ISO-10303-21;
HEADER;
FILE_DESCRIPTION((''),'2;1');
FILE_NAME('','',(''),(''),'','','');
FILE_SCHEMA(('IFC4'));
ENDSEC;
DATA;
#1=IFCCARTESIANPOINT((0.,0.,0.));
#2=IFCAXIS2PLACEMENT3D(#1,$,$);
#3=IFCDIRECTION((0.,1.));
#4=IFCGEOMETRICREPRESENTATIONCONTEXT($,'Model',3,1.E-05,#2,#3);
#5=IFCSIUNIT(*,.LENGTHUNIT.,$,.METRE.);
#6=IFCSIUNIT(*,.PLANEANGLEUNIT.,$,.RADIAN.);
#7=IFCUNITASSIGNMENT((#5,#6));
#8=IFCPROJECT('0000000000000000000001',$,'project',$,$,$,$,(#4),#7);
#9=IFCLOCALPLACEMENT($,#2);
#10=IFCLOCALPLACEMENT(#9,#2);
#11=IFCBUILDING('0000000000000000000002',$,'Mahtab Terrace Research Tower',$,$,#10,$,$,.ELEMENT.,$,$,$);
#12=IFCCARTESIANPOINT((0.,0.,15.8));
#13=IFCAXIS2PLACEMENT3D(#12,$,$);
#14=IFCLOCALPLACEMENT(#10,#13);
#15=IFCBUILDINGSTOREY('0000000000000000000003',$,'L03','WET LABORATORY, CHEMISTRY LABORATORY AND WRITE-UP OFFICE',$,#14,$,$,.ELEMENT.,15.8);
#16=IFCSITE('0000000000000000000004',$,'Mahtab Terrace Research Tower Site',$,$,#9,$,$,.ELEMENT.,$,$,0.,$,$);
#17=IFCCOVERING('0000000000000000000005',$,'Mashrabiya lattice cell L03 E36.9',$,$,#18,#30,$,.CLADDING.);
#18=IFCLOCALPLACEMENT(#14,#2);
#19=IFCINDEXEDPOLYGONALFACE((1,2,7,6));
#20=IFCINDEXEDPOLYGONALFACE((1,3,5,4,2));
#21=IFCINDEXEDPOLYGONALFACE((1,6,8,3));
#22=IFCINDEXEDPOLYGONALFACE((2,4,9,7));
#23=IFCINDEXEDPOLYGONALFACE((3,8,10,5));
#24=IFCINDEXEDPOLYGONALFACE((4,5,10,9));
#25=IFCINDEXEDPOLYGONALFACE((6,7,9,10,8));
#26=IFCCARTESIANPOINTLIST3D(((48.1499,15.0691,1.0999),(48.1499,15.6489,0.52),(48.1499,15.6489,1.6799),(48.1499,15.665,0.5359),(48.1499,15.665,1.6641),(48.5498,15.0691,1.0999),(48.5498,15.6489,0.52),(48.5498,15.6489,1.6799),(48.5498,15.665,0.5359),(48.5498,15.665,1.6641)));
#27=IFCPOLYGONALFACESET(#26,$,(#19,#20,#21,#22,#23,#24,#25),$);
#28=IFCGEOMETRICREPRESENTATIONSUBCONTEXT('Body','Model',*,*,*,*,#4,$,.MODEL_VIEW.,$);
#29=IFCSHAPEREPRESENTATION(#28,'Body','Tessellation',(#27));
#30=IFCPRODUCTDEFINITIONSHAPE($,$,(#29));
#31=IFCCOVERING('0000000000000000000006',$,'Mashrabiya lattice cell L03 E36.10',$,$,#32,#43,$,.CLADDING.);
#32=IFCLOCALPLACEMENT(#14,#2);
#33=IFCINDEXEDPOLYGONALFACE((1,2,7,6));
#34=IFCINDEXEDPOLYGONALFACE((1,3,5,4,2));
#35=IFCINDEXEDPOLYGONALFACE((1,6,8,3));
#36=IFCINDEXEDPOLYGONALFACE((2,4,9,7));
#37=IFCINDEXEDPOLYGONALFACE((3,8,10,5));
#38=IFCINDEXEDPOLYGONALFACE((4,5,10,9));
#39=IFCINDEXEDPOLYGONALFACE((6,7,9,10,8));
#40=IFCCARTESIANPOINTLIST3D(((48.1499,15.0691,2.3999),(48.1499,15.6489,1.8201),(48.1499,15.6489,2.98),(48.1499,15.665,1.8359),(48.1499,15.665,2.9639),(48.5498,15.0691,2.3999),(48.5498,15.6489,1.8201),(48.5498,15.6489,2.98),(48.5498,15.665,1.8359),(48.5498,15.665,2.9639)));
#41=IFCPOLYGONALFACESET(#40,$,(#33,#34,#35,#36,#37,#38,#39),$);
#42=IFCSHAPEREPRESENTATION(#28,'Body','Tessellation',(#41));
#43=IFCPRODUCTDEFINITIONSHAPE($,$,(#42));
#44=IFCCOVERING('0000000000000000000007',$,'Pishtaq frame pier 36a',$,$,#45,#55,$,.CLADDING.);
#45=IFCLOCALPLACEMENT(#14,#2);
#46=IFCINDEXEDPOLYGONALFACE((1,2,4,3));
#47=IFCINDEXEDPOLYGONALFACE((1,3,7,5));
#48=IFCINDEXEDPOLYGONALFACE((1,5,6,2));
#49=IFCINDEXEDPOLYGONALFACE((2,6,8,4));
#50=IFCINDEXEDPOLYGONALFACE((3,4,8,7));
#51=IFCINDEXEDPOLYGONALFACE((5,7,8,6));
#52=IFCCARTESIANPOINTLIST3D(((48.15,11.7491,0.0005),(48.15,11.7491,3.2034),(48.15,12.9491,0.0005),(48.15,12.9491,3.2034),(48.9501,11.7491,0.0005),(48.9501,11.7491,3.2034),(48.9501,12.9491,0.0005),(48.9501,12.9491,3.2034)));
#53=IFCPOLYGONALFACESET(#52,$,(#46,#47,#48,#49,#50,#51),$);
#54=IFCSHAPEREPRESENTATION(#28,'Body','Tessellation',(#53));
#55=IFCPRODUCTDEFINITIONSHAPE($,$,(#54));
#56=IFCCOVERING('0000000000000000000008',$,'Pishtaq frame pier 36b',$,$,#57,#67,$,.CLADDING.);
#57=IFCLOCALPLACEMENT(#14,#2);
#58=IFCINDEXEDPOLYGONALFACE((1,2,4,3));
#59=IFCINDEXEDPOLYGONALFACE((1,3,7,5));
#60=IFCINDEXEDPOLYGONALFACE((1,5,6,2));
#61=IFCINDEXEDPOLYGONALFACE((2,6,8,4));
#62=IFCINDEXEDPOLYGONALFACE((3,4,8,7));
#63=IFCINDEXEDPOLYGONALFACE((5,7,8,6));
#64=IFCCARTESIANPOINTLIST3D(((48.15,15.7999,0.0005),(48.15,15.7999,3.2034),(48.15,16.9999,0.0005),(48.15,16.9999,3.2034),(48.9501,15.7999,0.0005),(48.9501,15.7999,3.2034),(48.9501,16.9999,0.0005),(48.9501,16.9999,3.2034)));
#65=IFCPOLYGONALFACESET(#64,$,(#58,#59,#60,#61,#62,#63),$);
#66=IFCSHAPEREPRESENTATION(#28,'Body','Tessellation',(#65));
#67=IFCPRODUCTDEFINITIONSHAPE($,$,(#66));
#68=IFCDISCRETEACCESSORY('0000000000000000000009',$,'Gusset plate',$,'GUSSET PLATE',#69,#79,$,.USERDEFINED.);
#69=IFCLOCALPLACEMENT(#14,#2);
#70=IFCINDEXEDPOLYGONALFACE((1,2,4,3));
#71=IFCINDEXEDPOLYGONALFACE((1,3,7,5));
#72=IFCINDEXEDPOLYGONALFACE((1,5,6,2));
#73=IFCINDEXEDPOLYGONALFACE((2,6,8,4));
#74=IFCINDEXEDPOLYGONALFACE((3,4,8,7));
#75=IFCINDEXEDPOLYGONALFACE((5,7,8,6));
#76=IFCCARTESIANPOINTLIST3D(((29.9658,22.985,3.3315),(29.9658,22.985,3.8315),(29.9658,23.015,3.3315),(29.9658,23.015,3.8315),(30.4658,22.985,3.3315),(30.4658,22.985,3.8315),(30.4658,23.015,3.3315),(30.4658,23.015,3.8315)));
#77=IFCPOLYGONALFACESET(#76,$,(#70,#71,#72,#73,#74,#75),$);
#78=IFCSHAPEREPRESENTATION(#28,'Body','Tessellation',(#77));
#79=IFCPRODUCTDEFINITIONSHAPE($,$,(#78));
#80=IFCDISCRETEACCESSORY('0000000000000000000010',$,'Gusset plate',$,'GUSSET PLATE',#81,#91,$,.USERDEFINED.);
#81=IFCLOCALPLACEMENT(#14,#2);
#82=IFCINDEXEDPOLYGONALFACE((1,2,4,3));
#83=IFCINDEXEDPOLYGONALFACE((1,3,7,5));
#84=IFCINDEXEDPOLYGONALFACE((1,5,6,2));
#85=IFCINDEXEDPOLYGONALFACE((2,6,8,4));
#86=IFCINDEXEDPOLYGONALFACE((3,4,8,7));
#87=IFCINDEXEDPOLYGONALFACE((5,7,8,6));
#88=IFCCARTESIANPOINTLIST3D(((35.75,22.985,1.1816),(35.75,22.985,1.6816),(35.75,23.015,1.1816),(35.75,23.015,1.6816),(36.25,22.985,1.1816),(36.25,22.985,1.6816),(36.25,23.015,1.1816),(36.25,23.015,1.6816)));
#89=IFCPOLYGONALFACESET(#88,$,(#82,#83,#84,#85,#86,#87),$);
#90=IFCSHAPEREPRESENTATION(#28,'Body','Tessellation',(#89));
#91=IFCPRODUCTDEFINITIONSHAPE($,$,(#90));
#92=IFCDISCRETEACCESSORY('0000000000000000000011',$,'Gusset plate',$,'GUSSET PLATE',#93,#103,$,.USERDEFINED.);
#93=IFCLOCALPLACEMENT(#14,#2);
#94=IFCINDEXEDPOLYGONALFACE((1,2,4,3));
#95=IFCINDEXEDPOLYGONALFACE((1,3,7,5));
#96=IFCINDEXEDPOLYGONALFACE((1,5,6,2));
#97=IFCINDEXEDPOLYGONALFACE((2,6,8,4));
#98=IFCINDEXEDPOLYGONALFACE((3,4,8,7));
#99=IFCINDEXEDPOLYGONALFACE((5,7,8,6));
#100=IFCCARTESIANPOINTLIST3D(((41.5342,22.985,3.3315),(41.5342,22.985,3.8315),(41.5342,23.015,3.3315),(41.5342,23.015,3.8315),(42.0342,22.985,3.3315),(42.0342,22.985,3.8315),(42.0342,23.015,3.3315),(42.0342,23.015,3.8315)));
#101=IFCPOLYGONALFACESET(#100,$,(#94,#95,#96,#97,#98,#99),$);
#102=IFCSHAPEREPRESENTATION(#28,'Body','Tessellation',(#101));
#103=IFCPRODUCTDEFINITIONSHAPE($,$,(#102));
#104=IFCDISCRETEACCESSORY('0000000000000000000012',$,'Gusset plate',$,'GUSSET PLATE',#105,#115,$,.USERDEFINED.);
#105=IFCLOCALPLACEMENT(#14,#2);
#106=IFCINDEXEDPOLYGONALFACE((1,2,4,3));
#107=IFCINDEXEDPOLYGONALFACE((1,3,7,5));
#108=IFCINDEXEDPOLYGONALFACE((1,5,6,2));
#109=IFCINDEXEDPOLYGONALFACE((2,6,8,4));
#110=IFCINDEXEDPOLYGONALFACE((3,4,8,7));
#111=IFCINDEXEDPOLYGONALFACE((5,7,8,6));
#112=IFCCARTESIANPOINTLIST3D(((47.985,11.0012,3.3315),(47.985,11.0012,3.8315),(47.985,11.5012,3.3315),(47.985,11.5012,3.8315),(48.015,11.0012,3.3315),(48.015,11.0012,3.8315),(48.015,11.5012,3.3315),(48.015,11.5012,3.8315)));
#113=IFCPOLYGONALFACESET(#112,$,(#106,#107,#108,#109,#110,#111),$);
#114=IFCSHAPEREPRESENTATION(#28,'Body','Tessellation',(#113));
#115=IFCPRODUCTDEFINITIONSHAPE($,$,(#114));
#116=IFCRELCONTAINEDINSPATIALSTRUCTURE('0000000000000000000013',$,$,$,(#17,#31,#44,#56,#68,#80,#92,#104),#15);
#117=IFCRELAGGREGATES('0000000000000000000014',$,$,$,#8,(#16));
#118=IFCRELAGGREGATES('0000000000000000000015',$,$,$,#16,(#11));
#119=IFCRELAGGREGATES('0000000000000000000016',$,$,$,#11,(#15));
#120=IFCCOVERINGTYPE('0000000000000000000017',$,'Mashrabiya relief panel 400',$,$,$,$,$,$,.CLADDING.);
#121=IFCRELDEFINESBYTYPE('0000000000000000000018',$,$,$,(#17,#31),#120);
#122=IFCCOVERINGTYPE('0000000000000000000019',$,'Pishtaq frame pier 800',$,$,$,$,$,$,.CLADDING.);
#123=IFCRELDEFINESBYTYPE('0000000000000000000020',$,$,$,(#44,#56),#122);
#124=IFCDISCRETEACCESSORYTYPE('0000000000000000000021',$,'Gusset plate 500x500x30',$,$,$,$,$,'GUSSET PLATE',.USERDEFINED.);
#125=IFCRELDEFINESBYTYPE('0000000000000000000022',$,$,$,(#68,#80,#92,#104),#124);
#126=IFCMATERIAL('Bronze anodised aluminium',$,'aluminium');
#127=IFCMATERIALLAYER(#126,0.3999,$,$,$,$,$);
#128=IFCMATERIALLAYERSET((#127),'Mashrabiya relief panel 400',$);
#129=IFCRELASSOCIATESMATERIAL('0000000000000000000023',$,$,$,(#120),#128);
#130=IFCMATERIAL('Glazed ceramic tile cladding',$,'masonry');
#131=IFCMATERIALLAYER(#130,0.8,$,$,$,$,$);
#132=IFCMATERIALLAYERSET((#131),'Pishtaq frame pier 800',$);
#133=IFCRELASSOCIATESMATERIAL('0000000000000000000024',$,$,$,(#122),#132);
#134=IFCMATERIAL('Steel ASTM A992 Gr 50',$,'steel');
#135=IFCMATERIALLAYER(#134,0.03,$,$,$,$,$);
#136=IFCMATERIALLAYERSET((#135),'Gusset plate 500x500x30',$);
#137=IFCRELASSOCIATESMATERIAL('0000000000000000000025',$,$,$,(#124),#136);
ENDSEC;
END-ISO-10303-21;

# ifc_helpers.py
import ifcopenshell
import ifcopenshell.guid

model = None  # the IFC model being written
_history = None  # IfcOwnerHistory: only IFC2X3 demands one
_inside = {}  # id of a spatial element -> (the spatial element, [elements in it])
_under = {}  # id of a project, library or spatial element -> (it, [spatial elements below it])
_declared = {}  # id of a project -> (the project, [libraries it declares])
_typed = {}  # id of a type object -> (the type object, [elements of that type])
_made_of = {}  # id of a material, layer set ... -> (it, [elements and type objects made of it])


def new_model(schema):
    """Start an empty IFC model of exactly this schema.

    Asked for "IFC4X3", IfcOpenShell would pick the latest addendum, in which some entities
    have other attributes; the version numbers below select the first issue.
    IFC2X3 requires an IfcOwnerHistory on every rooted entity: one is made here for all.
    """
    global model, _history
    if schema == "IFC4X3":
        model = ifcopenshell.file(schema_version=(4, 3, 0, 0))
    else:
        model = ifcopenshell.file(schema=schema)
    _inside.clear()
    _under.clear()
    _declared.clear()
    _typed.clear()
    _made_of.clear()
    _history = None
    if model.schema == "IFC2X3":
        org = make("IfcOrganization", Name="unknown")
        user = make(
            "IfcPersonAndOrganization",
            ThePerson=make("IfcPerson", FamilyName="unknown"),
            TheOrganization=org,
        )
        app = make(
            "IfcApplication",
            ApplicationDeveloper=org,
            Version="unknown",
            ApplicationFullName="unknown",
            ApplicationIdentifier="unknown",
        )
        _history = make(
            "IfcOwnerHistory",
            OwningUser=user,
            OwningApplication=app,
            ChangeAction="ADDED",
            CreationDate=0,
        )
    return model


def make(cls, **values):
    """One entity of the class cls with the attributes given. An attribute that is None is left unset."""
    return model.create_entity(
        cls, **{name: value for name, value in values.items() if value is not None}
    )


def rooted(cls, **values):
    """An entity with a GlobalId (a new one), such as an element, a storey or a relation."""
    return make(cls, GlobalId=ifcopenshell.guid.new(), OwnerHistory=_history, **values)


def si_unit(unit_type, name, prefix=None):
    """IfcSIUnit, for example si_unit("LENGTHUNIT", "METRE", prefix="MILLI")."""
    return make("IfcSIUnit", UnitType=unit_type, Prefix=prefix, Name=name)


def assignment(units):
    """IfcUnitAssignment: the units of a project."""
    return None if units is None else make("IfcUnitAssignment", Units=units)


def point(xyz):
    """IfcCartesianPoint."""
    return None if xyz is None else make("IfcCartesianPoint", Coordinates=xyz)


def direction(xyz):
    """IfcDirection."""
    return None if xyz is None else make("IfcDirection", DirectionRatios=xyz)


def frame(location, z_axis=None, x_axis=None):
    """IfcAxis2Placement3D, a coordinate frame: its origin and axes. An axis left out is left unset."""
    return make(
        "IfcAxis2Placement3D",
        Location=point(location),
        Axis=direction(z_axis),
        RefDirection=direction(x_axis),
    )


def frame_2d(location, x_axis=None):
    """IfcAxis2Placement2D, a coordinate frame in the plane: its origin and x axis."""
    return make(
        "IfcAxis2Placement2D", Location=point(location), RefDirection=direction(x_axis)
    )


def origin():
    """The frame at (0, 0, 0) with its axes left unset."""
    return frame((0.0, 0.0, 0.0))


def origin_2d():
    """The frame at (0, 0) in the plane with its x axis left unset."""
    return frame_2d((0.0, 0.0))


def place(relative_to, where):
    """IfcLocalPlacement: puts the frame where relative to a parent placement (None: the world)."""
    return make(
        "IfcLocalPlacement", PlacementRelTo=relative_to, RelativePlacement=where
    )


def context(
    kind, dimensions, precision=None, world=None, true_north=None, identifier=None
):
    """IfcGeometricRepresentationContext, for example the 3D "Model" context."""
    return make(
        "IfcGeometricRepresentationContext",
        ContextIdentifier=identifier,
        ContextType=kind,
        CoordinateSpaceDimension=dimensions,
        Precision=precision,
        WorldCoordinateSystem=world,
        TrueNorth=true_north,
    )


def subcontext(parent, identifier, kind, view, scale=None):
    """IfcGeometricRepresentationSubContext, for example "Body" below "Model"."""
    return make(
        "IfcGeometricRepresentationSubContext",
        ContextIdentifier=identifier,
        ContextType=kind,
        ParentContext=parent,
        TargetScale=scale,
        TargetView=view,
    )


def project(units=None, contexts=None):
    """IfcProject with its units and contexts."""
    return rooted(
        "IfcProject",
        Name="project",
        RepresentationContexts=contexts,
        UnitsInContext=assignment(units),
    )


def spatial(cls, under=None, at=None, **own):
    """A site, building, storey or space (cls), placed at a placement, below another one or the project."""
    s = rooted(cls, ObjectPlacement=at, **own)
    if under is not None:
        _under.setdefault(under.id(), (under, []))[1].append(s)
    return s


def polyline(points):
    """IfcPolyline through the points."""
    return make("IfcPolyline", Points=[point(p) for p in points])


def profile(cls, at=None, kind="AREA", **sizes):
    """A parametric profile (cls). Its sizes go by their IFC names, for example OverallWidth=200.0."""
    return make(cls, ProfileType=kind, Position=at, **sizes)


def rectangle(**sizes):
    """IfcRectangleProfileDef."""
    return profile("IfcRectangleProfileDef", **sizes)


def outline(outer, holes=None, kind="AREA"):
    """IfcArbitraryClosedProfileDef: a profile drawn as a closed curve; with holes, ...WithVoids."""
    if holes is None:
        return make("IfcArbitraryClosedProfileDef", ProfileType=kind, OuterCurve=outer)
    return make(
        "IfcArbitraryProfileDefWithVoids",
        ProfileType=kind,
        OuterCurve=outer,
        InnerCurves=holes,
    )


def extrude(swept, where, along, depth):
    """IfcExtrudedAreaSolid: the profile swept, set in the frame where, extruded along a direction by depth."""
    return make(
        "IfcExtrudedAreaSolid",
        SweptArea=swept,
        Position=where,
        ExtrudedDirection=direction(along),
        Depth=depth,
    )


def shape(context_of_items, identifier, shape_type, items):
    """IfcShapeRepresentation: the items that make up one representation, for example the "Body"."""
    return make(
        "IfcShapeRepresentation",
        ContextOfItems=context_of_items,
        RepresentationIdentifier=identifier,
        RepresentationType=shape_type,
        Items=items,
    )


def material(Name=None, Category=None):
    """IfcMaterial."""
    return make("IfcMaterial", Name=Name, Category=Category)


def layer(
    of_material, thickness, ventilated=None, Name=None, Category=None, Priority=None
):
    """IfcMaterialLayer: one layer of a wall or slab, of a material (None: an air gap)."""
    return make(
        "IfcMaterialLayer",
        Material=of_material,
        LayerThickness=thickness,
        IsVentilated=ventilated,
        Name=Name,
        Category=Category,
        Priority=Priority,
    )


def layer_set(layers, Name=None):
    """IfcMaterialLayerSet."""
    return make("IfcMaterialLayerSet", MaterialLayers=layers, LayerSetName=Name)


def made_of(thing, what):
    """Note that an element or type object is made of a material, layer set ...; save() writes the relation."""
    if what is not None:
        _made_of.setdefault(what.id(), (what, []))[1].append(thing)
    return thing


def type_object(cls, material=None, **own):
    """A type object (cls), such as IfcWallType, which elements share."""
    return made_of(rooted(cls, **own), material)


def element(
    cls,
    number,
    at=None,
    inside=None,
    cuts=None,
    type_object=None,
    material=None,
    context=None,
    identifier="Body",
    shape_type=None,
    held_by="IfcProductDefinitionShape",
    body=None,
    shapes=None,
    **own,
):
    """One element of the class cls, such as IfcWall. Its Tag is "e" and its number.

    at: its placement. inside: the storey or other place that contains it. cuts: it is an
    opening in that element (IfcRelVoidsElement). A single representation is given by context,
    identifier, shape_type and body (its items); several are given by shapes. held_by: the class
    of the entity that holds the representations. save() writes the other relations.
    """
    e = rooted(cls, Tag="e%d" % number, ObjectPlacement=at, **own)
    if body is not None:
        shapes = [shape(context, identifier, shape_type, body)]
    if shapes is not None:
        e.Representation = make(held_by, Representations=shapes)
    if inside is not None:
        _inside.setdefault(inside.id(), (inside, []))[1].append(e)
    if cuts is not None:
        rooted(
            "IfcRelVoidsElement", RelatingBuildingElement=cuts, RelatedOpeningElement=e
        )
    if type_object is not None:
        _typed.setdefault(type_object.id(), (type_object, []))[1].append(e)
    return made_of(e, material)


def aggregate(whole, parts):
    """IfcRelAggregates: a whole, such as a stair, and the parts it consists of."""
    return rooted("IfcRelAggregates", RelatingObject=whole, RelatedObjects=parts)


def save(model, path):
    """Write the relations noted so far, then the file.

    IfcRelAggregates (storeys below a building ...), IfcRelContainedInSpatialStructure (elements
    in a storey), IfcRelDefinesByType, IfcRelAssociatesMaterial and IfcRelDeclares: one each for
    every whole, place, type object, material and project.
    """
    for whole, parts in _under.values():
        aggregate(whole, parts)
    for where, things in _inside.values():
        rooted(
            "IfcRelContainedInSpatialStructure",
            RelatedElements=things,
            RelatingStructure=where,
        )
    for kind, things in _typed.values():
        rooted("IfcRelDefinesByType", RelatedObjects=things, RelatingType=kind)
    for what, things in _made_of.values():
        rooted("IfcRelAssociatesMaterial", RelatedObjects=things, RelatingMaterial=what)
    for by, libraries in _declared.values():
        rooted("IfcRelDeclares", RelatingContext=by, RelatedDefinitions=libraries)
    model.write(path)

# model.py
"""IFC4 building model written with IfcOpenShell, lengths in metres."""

from ifc_helpers import new_model, si_unit, direction, frame, origin, origin_2d, place, context, subcontext, project, spatial, polyline, rectangle, outline, extrude, material, layer, layer_set, type_object, element, save


model = new_model("IFC4")

# Units and contexts
model_context = context("Model", 3, precision=1e-05, world=origin(), true_north=direction((0.0, 1.0)))
body_context = subcontext(model_context, "Body", "Model", "MODEL_VIEW")
ifc_project = project(units=[si_unit("LENGTHUNIT", "METRE"), si_unit("PLANEANGLEUNIT", "RADIAN")], contexts=[model_context])

# Site, building, storey
site_placement = place(None, origin())
site = spatial("IfcSite", under=ifc_project, at=site_placement, Name="Mahtab Terrace Research Tower Site", CompositionType="ELEMENT", RefElevation=0.0)
building_placement = place(site_placement, origin())
building = spatial("IfcBuilding", under=site, at=building_placement, Name="Mahtab Terrace Research Tower", CompositionType="ELEMENT")
storey_placement = place(building_placement, frame((0.0, 0.0, 15.8)))
storey = spatial("IfcBuildingStorey", under=building, at=storey_placement, Name="L03", Description="WET LABORATORY, CHEMISTRY LABORATORY AND WRITE-UP OFFICE", CompositionType="ELEMENT", Elevation=15.8)

# Shared definitions
ifc_material_1 = material(Name="Steel ASTM A992 Gr 50", Category="steel")

# Coverings
ifc_material_2 = material(Name="Bronze anodised aluminium", Category="aluminium")
ifc_layer_1 = layer(ifc_material_2, 0.3999)
ifc_layer_set_1 = layer_set([ifc_layer_1], Name="Mashrabiya relief panel 400")
covering_type_1 = type_object("IfcCoveringType", Name="Mashrabiya relief panel 400", PredefinedType="CLADDING", material=ifc_layer_set_1)
covering_1_placement = place(storey_placement, frame((48.1499, 15.6489, 0.52), z_axis=(-1.0, 0.0, 0.0), x_axis=(0.0, -0.707107, 0.707107)))
element("IfcCovering", 1, at=covering_1_placement, inside=storey, type_object=covering_type_1, Name="Mashrabiya lattice cell L03 E36.9", PredefinedType="CLADDING", context=body_context, shape_type="SweptSolid", body=[
    extrude(outline(polyline([(0.0, 0.0), (0.82, 0.0), (0.8202, 0.8202), (0.7976, 0.8204), (-0.0002, 0.0226), (0.0, 0.0)])), origin(), (0.0, 0.0, -1.0), 0.3999),
])
covering_2_placement = place(storey_placement, frame((48.1499, 15.6489, 1.8201), z_axis=(-1.0, 0.0, 0.0), x_axis=(0.0, -0.707107, 0.707107)))
element("IfcCovering", 2, at=covering_2_placement, inside=storey, type_object=covering_type_1, Name="Mashrabiya lattice cell L03 E36.10", PredefinedType="CLADDING", context=body_context, shape_type="SweptSolid", body=[
    extrude(outline(polyline([(0.0, 0.0), (0.82, 0.0), (0.8202, 0.8202), (0.7974, 0.8202), (-0.0002, 0.0226), (0.0, 0.0)])), origin(), (0.0, 0.0, -1.0), 0.3999),
])
ifc_material_3 = material(Name="Glazed ceramic tile cladding", Category="masonry")
ifc_layer_2 = layer(ifc_material_3, 0.8)
ifc_layer_set_2 = layer_set([ifc_layer_2], Name="Pishtaq frame pier 800")
covering_type_2 = type_object("IfcCoveringType", Name="Pishtaq frame pier 800", PredefinedType="CLADDING", material=ifc_layer_set_2)
for number, where, z_axis, x_axis, name in (
    (3, (48.55, 12.3491, 0.0005), (0.0, 0.0, 1.0), (0.0, 1.0, 0.0), "Pishtaq frame pier 36a"),
    (4, (48.55, 16.3999, 0.0005), (0.0, 0.0, 1.0), (0.0, 1.0, 0.0), "Pishtaq frame pier 36b"),
):
    element("IfcCovering", number, at=place(storey_placement, frame(where, z_axis=z_axis, x_axis=x_axis)), inside=storey, type_object=covering_type_2, Name=name, PredefinedType="CLADDING", context=body_context, shape_type="SweptSolid", body=[
        extrude(rectangle(XDim=1.2, YDim=0.8, at=origin_2d()), origin(), (0.0, 0.0, 1.0), 3.2029),
    ])

# Discrete accessories
ifc_layer_3 = layer(ifc_material_1, 0.03)
ifc_layer_set_3 = layer_set([ifc_layer_3], Name="Gusset plate 500x500x30")
discrete_accessory_type = type_object("IfcDiscreteAccessoryType", Name="Gusset plate 500x500x30", ElementType="GUSSET PLATE", PredefinedType="USERDEFINED", material=ifc_layer_set_3)
for number, where, z_axis, x_axis, name in (
    (5, (30.2158, 23.0, 3.3315), (0.0, 0.0, 1.0), (1.0, 0.0, 0.0), "Gusset plate"),
    (6, (36.0, 23.0, 1.1816), (0.0, 0.0, 1.0), (1.0, 0.0, 0.0), "Gusset plate"),
    (7, (41.7842, 23.0, 3.3315), (0.0, 0.0, 1.0), (1.0, 0.0, 0.0), "Gusset plate"),
    (8, (48.0, 11.2512, 3.3315), (0.0, 0.0, 1.0), (0.0, 1.0, 0.0), "Gusset plate"),
):
    element("IfcDiscreteAccessory", number, at=place(storey_placement, frame(where, z_axis=z_axis, x_axis=x_axis)), inside=storey, type_object=discrete_accessory_type, Name=name, ObjectType="GUSSET PLATE", PredefinedType="USERDEFINED", context=body_context, shape_type="SweptSolid", body=[
        extrude(rectangle(XDim=0.5, YDim=0.03, at=origin_2d()), origin(), (0.0, 0.0, 1.0), 0.5),
    ])

save(model, "model.ifc")
